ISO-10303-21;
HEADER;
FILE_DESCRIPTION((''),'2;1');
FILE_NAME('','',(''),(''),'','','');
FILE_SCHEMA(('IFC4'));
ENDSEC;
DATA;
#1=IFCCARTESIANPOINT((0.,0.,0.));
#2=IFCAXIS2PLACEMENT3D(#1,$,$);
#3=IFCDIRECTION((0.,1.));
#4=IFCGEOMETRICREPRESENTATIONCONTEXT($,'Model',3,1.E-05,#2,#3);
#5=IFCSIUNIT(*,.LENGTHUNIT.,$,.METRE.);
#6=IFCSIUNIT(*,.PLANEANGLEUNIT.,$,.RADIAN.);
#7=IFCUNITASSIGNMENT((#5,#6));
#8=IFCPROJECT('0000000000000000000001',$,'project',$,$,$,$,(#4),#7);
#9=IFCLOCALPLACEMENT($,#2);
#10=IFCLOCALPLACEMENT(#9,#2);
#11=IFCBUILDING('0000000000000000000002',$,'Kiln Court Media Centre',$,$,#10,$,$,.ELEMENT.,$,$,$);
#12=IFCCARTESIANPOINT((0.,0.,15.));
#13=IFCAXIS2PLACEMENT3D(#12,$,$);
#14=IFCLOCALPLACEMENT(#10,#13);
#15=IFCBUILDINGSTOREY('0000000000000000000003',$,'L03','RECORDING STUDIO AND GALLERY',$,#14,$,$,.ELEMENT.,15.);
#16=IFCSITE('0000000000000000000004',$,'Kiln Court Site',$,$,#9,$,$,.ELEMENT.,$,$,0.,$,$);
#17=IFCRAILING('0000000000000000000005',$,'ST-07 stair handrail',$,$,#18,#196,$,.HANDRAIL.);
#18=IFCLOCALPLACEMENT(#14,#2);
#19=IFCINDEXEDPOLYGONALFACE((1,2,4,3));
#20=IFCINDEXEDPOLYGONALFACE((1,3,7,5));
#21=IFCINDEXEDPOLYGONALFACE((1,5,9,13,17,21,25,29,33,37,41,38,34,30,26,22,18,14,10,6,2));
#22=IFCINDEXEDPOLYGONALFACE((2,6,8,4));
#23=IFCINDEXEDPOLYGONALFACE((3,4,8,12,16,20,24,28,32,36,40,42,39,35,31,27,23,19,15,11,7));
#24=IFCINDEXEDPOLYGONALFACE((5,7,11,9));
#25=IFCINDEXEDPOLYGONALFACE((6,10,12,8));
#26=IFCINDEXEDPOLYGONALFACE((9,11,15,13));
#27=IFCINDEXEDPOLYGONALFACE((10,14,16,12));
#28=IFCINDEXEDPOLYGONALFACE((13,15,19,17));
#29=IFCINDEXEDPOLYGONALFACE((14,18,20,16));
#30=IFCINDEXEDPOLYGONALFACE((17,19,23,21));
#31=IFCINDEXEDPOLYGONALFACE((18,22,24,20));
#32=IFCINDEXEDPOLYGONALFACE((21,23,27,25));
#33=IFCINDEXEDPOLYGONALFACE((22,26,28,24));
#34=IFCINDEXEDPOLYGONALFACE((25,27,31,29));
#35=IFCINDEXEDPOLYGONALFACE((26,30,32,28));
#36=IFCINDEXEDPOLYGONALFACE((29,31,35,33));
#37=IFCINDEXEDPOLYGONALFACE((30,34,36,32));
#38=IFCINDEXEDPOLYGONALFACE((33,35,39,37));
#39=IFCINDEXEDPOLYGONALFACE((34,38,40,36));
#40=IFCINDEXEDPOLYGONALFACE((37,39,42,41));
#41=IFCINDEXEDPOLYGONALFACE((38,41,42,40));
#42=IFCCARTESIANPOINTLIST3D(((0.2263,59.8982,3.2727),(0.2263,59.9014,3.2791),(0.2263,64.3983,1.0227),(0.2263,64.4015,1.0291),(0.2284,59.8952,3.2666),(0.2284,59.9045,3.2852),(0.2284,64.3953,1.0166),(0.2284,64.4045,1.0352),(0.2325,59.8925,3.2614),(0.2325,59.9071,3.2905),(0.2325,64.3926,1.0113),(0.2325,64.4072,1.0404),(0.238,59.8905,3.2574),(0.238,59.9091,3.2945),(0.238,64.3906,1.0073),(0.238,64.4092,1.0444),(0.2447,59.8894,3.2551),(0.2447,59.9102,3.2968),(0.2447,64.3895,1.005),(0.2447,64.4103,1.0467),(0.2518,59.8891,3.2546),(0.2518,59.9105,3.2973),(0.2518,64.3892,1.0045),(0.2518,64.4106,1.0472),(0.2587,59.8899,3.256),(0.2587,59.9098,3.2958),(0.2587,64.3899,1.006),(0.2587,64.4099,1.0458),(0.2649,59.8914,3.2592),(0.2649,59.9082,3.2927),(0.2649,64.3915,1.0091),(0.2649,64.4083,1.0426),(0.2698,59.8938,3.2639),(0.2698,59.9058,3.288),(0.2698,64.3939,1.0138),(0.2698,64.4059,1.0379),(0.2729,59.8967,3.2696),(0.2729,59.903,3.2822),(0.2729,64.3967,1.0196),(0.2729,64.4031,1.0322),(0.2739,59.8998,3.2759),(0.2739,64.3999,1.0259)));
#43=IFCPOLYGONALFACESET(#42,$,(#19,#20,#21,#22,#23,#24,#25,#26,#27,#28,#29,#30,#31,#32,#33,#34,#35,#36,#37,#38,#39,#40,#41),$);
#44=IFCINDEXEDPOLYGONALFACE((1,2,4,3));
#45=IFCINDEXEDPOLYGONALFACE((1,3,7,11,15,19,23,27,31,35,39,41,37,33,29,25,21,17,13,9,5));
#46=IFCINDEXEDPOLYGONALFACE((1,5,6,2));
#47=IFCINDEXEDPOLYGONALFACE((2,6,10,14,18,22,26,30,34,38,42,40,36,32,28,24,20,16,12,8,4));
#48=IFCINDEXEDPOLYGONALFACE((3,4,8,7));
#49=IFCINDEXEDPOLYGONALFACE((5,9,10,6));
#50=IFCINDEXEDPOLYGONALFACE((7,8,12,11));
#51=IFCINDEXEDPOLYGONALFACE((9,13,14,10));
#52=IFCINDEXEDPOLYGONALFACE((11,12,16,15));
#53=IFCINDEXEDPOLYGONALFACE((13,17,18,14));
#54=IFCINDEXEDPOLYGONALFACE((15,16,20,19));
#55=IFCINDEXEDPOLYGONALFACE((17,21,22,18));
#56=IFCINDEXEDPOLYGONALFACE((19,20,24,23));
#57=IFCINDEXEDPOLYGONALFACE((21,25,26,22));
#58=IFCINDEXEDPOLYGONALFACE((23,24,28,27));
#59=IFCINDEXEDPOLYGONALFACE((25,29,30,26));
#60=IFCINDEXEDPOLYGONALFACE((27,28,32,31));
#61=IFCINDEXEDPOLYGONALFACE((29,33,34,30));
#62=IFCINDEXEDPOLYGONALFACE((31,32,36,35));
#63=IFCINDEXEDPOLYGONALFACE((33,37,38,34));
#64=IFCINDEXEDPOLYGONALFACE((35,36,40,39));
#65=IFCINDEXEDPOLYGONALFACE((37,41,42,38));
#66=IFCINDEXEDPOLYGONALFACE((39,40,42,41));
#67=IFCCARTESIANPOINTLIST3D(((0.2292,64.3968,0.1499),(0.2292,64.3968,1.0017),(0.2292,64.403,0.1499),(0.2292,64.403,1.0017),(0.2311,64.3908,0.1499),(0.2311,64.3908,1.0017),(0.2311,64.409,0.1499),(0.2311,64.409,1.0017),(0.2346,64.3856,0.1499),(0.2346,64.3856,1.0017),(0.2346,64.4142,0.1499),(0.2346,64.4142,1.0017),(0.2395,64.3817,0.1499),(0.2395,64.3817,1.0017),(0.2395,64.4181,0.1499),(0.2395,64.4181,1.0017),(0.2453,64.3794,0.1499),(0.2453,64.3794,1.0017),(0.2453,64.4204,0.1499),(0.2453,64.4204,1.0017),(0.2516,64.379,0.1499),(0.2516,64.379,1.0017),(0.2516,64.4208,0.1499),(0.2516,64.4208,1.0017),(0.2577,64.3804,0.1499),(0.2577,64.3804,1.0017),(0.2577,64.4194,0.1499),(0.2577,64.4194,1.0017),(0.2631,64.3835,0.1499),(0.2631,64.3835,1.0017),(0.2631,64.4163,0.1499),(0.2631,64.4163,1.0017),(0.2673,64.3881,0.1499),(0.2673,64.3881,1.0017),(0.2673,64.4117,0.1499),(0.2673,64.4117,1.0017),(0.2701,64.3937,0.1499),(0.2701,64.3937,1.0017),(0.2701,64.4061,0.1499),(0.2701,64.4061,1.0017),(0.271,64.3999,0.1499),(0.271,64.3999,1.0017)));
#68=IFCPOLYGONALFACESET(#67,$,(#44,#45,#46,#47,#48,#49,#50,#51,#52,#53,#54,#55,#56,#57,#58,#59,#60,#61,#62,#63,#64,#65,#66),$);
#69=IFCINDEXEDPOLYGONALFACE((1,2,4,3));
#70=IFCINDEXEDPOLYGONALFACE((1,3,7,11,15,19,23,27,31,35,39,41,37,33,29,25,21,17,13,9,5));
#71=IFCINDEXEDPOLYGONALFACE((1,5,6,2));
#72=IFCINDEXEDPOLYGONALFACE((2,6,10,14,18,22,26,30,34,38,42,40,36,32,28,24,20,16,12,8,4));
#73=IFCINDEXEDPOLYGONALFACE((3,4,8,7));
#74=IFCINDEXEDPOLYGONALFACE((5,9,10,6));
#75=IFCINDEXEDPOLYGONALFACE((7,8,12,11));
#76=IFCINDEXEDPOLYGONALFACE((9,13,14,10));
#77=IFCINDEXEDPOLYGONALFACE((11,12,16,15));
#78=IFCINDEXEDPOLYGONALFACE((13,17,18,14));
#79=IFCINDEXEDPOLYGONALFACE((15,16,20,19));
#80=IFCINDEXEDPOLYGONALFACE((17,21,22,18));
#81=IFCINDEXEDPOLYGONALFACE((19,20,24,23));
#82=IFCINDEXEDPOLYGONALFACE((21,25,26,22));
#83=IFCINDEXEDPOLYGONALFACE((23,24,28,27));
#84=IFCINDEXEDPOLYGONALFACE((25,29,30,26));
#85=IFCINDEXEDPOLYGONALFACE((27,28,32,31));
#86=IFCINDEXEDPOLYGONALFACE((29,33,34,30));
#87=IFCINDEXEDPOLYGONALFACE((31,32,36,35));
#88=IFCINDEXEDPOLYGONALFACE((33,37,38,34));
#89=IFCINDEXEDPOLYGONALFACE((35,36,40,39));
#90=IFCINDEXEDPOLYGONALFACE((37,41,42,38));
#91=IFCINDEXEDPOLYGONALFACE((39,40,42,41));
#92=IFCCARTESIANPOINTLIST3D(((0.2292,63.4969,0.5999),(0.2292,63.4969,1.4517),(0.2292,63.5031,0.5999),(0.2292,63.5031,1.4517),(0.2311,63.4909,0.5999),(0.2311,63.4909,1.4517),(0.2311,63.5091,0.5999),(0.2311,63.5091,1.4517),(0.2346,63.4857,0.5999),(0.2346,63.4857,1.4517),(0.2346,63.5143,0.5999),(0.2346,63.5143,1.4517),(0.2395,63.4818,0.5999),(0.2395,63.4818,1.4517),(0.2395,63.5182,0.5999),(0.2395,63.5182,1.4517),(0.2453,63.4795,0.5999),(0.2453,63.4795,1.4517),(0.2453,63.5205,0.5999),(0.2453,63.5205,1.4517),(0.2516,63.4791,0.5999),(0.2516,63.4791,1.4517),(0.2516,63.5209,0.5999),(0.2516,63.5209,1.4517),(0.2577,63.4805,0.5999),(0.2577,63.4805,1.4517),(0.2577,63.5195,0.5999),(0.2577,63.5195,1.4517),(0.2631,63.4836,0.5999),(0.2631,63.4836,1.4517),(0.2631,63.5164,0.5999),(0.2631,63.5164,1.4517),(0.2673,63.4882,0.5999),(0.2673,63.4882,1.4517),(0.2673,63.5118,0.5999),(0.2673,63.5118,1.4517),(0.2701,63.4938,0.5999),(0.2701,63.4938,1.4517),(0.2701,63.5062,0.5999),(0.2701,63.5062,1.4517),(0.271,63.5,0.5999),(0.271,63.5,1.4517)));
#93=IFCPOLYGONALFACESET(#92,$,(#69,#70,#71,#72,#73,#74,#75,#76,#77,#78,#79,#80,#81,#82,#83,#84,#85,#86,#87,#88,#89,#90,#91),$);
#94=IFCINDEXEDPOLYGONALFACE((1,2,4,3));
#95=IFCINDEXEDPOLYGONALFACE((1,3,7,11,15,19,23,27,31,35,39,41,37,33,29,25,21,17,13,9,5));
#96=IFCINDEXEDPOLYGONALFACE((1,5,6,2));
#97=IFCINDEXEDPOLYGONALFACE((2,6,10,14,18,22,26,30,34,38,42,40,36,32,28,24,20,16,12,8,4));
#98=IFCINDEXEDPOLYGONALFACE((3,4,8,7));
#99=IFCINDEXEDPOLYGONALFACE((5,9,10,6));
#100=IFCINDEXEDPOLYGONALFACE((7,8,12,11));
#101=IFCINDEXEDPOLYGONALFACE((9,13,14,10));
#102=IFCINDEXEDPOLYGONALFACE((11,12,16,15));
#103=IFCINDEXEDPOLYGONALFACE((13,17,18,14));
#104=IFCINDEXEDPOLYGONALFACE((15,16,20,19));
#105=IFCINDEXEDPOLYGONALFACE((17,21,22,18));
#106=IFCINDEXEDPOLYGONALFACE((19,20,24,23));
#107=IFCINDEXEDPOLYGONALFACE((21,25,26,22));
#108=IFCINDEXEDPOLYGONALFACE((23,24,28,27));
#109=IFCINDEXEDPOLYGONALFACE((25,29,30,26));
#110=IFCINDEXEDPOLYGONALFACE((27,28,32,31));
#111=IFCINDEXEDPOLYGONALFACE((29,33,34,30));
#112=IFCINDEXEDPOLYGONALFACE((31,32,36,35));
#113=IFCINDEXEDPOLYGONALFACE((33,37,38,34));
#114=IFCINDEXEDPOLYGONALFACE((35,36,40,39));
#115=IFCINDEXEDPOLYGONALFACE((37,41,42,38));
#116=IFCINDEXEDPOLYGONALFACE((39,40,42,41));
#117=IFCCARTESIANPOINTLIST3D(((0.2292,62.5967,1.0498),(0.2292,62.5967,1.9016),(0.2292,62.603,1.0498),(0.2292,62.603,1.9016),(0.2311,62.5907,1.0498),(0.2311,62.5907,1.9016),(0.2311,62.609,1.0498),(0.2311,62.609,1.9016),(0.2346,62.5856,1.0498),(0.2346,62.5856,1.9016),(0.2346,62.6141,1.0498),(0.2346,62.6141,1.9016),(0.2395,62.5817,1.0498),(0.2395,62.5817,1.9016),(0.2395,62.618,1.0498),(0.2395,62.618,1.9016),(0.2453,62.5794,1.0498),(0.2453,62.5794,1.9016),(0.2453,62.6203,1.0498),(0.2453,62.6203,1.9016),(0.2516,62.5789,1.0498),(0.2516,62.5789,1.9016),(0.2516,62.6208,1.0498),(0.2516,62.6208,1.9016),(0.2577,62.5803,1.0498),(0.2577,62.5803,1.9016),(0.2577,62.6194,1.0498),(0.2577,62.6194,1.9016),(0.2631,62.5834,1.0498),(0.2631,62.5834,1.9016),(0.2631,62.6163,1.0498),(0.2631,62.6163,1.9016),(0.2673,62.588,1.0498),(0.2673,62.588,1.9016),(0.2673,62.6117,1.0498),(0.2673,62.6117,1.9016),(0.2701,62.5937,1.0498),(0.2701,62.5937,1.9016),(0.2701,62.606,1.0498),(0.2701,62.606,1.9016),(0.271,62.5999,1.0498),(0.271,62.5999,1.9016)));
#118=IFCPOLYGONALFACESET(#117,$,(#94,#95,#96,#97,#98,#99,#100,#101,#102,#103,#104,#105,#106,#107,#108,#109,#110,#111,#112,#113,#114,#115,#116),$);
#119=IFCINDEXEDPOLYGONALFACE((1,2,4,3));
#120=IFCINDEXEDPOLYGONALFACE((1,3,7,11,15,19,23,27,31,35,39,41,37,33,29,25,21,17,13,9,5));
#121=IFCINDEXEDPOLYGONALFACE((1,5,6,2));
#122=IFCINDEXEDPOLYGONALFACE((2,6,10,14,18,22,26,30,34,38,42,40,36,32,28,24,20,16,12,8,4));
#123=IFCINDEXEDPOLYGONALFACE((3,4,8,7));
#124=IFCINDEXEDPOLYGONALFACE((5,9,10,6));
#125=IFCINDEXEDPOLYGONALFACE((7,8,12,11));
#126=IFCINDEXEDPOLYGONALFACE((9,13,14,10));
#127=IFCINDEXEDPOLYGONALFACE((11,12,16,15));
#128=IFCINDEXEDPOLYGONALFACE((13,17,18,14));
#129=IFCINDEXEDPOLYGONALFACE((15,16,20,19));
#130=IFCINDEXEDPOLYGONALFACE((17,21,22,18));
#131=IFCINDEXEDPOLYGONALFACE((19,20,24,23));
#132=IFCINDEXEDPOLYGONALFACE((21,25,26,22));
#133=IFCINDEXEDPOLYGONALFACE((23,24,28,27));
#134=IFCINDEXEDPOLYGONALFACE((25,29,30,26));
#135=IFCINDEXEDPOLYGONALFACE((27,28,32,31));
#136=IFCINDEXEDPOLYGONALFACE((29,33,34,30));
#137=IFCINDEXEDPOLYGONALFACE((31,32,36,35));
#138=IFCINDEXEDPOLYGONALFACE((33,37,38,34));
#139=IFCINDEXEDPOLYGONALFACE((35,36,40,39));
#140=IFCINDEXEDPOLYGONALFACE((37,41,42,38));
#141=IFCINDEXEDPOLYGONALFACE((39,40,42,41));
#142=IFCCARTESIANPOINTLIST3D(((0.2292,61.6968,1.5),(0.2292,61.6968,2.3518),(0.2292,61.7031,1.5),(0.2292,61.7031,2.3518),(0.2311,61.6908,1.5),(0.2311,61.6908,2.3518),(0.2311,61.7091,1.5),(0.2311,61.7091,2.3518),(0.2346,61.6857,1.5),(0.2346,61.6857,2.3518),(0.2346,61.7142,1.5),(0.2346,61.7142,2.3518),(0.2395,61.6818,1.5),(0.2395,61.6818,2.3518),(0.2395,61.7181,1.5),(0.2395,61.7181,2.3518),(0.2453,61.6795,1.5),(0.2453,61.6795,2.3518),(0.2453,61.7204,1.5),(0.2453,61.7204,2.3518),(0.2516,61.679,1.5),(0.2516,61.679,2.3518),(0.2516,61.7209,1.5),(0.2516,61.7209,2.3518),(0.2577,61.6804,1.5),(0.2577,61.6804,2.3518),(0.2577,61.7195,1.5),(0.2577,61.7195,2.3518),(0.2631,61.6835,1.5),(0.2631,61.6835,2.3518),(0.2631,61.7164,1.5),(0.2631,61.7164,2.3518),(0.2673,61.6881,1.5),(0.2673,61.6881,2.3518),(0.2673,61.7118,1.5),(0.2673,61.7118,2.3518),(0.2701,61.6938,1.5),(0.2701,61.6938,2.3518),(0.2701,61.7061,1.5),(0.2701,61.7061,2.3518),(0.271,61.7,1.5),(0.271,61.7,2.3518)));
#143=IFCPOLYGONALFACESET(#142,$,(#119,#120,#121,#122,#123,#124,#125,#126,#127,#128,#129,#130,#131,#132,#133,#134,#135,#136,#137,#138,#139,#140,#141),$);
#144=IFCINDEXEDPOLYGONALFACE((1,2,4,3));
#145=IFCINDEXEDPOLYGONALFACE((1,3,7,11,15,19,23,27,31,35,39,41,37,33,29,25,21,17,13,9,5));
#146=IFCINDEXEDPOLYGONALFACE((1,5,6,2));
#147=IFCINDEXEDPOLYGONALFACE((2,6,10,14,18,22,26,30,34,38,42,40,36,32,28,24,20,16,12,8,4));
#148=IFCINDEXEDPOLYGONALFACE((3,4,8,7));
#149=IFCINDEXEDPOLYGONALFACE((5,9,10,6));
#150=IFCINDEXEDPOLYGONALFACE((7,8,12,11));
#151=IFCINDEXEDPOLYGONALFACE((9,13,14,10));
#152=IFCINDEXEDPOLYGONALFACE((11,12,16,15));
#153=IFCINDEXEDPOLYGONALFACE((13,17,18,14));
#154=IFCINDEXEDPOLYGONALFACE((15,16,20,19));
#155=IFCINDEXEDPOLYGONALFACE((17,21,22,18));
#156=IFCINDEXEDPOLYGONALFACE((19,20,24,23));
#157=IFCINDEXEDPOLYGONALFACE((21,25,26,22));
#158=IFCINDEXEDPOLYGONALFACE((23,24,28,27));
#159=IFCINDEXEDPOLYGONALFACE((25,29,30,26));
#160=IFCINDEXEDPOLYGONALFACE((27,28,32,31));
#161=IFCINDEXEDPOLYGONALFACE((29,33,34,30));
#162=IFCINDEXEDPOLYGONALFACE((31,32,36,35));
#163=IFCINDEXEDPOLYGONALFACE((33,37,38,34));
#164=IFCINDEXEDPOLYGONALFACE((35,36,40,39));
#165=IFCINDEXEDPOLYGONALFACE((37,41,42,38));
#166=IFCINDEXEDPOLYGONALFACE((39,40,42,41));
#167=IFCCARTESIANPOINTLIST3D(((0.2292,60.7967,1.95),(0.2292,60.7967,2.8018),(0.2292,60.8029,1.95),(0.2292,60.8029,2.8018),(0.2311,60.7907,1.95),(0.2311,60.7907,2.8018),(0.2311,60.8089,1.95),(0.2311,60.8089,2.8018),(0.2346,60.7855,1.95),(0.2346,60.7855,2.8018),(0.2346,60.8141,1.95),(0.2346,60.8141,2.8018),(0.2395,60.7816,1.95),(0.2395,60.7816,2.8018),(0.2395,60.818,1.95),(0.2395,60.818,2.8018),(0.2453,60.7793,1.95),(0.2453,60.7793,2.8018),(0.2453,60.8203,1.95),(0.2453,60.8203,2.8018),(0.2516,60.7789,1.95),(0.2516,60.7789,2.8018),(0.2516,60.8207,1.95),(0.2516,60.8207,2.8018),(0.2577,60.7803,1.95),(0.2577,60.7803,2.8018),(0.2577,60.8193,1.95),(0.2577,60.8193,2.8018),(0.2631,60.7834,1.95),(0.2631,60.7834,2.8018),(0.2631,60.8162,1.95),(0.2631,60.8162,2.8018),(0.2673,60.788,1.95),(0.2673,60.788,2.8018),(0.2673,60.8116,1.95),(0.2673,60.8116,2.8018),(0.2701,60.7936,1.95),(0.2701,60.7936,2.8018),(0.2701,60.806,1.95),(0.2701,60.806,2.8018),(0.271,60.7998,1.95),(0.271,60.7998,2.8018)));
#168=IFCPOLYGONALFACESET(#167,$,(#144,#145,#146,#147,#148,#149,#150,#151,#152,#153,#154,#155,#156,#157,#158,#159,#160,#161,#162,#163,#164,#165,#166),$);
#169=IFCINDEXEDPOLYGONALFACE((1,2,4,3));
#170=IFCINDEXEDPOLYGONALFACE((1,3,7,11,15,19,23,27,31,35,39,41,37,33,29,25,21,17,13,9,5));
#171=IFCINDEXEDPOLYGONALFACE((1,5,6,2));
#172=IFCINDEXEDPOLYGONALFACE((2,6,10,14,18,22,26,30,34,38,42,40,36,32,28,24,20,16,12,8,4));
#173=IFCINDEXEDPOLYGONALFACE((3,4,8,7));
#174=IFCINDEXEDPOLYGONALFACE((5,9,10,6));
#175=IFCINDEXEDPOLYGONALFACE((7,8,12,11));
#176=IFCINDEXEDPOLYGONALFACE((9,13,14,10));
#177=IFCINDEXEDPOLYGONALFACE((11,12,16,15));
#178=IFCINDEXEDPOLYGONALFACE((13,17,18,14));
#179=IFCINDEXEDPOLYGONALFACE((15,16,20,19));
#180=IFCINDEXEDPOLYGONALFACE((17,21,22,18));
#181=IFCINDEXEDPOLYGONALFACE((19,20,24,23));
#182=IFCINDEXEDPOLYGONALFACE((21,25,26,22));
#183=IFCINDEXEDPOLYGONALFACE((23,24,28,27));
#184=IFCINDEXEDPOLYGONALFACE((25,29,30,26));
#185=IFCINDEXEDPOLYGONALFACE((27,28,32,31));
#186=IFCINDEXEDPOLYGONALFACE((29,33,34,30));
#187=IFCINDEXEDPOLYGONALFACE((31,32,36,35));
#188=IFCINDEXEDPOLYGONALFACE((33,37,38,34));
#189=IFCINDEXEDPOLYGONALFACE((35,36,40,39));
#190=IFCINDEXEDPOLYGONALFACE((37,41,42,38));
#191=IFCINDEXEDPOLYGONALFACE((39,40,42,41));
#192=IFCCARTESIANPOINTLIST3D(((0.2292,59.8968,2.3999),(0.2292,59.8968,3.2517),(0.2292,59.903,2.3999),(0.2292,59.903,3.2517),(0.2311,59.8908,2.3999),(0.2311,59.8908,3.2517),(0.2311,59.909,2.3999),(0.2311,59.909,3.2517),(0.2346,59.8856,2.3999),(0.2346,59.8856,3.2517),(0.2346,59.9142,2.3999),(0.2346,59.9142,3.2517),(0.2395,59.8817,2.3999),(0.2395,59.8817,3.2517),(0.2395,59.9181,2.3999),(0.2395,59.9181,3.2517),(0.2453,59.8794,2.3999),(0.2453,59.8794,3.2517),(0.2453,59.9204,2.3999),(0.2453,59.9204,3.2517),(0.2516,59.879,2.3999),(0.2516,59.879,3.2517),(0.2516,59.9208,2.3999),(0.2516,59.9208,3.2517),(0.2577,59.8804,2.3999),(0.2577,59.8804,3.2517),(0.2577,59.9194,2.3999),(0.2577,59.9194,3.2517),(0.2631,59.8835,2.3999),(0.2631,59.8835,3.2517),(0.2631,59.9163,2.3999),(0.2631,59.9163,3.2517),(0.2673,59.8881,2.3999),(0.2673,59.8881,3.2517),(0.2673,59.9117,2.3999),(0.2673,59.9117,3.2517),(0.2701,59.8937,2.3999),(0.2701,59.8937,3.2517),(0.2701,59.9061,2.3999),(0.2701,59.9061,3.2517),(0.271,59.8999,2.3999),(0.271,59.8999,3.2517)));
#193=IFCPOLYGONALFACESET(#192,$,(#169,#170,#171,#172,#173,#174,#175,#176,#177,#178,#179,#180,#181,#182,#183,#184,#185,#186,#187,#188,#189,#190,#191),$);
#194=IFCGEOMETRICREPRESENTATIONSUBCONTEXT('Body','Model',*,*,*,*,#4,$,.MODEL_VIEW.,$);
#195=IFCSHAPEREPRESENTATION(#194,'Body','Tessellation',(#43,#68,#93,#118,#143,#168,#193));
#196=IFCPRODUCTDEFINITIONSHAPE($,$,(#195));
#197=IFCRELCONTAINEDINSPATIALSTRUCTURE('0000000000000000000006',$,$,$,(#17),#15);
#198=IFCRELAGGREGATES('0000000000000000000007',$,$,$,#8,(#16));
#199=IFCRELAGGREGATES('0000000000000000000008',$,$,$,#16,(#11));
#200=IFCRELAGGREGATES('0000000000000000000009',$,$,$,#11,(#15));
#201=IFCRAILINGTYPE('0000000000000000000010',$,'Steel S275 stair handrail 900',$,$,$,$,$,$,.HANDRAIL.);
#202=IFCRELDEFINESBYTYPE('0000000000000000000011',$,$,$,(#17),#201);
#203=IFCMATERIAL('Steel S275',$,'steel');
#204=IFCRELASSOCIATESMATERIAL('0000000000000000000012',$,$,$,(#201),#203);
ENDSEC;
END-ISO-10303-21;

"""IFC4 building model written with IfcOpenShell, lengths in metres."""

from ifc_helpers import new_model, si_unit, direction, frame, origin, origin_2d, place, context, subcontext, project, spatial, circle, extrude, material, type_object, element, save


model = new_model("IFC4")

# Units and contexts
model_context = context("Model", 3, precision=1e-05, world=origin(), true_north=direction((0.0, 1.0)))
body_context = subcontext(model_context, "Body", "Model", "MODEL_VIEW")
ifc_project = project(units=[si_unit("LENGTHUNIT", "METRE"), si_unit("PLANEANGLEUNIT", "RADIAN")], contexts=[model_context])

# Site, building, storey
site_placement = place(None, origin())
site = spatial("IfcSite", under=ifc_project, at=site_placement, Name="Kiln Court Site", CompositionType="ELEMENT", RefElevation=0.0)
building_placement = place(site_placement, origin())
building = spatial("IfcBuilding", under=site, at=building_placement, Name="Kiln Court Media Centre", CompositionType="ELEMENT")
storey_placement = place(building_placement, frame((0.0, 0.0, 15.0)))
storey = spatial("IfcBuildingStorey", under=building, at=storey_placement, Name="L03", Description="RECORDING STUDIO AND GALLERY", CompositionType="ELEMENT", Elevation=15.0)

# Railing
ifc_material_1 = material(Name="Steel S275", Category="steel")
railing_type_1 = type_object("IfcRailingType", Name="Steel S275 stair handrail 900", PredefinedType="HANDRAIL", material=ifc_material_1)
railing_1_placement = place(storey_placement, frame((0.25, 64.3999, 0.1499)))
element("IfcRailing", 1, at=railing_1_placement, inside=storey, type_object=railing_type_1, Name="ST-07 stair handrail", PredefinedType="HANDRAIL", context=body_context, shape_type="SweptSolid", body=[
    extrude(circle(Radius=0.0239, at=origin_2d()), frame((0.0, 0.0, 0.876), z_axis=(0.0, -0.894427, 0.447214), x_axis=(1.0, 0.0, 0.0)), (0.0, 0.0, 1.0), 5.0312),
    extrude(circle(Radius=0.021, at=origin_2d()), origin(), (0.0, 0.0, 1.0), 0.8518),
    extrude(circle(Radius=0.021, at=origin_2d()), frame((0.0, -0.8999, 0.45)), (0.0, 0.0, 1.0), 0.8518),
    extrude(circle(Radius=0.021, at=origin_2d()), frame((0.0, -1.8, 0.8999)), (0.0, 0.0, 1.0), 0.8518),
    extrude(circle(Radius=0.021, at=origin_2d()), frame((0.0, -2.7, 1.3501)), (0.0, 0.0, 1.0), 0.8518),
    extrude(circle(Radius=0.021, at=origin_2d()), frame((0.0, -3.6001, 1.8)), (0.0, 0.0, 1.0), 0.8518),
    extrude(circle(Radius=0.021, at=origin_2d()), frame((0.0, -4.5, 2.25)), (0.0, 0.0, 1.0), 0.8518),
])

save(model, "model.ifc")
